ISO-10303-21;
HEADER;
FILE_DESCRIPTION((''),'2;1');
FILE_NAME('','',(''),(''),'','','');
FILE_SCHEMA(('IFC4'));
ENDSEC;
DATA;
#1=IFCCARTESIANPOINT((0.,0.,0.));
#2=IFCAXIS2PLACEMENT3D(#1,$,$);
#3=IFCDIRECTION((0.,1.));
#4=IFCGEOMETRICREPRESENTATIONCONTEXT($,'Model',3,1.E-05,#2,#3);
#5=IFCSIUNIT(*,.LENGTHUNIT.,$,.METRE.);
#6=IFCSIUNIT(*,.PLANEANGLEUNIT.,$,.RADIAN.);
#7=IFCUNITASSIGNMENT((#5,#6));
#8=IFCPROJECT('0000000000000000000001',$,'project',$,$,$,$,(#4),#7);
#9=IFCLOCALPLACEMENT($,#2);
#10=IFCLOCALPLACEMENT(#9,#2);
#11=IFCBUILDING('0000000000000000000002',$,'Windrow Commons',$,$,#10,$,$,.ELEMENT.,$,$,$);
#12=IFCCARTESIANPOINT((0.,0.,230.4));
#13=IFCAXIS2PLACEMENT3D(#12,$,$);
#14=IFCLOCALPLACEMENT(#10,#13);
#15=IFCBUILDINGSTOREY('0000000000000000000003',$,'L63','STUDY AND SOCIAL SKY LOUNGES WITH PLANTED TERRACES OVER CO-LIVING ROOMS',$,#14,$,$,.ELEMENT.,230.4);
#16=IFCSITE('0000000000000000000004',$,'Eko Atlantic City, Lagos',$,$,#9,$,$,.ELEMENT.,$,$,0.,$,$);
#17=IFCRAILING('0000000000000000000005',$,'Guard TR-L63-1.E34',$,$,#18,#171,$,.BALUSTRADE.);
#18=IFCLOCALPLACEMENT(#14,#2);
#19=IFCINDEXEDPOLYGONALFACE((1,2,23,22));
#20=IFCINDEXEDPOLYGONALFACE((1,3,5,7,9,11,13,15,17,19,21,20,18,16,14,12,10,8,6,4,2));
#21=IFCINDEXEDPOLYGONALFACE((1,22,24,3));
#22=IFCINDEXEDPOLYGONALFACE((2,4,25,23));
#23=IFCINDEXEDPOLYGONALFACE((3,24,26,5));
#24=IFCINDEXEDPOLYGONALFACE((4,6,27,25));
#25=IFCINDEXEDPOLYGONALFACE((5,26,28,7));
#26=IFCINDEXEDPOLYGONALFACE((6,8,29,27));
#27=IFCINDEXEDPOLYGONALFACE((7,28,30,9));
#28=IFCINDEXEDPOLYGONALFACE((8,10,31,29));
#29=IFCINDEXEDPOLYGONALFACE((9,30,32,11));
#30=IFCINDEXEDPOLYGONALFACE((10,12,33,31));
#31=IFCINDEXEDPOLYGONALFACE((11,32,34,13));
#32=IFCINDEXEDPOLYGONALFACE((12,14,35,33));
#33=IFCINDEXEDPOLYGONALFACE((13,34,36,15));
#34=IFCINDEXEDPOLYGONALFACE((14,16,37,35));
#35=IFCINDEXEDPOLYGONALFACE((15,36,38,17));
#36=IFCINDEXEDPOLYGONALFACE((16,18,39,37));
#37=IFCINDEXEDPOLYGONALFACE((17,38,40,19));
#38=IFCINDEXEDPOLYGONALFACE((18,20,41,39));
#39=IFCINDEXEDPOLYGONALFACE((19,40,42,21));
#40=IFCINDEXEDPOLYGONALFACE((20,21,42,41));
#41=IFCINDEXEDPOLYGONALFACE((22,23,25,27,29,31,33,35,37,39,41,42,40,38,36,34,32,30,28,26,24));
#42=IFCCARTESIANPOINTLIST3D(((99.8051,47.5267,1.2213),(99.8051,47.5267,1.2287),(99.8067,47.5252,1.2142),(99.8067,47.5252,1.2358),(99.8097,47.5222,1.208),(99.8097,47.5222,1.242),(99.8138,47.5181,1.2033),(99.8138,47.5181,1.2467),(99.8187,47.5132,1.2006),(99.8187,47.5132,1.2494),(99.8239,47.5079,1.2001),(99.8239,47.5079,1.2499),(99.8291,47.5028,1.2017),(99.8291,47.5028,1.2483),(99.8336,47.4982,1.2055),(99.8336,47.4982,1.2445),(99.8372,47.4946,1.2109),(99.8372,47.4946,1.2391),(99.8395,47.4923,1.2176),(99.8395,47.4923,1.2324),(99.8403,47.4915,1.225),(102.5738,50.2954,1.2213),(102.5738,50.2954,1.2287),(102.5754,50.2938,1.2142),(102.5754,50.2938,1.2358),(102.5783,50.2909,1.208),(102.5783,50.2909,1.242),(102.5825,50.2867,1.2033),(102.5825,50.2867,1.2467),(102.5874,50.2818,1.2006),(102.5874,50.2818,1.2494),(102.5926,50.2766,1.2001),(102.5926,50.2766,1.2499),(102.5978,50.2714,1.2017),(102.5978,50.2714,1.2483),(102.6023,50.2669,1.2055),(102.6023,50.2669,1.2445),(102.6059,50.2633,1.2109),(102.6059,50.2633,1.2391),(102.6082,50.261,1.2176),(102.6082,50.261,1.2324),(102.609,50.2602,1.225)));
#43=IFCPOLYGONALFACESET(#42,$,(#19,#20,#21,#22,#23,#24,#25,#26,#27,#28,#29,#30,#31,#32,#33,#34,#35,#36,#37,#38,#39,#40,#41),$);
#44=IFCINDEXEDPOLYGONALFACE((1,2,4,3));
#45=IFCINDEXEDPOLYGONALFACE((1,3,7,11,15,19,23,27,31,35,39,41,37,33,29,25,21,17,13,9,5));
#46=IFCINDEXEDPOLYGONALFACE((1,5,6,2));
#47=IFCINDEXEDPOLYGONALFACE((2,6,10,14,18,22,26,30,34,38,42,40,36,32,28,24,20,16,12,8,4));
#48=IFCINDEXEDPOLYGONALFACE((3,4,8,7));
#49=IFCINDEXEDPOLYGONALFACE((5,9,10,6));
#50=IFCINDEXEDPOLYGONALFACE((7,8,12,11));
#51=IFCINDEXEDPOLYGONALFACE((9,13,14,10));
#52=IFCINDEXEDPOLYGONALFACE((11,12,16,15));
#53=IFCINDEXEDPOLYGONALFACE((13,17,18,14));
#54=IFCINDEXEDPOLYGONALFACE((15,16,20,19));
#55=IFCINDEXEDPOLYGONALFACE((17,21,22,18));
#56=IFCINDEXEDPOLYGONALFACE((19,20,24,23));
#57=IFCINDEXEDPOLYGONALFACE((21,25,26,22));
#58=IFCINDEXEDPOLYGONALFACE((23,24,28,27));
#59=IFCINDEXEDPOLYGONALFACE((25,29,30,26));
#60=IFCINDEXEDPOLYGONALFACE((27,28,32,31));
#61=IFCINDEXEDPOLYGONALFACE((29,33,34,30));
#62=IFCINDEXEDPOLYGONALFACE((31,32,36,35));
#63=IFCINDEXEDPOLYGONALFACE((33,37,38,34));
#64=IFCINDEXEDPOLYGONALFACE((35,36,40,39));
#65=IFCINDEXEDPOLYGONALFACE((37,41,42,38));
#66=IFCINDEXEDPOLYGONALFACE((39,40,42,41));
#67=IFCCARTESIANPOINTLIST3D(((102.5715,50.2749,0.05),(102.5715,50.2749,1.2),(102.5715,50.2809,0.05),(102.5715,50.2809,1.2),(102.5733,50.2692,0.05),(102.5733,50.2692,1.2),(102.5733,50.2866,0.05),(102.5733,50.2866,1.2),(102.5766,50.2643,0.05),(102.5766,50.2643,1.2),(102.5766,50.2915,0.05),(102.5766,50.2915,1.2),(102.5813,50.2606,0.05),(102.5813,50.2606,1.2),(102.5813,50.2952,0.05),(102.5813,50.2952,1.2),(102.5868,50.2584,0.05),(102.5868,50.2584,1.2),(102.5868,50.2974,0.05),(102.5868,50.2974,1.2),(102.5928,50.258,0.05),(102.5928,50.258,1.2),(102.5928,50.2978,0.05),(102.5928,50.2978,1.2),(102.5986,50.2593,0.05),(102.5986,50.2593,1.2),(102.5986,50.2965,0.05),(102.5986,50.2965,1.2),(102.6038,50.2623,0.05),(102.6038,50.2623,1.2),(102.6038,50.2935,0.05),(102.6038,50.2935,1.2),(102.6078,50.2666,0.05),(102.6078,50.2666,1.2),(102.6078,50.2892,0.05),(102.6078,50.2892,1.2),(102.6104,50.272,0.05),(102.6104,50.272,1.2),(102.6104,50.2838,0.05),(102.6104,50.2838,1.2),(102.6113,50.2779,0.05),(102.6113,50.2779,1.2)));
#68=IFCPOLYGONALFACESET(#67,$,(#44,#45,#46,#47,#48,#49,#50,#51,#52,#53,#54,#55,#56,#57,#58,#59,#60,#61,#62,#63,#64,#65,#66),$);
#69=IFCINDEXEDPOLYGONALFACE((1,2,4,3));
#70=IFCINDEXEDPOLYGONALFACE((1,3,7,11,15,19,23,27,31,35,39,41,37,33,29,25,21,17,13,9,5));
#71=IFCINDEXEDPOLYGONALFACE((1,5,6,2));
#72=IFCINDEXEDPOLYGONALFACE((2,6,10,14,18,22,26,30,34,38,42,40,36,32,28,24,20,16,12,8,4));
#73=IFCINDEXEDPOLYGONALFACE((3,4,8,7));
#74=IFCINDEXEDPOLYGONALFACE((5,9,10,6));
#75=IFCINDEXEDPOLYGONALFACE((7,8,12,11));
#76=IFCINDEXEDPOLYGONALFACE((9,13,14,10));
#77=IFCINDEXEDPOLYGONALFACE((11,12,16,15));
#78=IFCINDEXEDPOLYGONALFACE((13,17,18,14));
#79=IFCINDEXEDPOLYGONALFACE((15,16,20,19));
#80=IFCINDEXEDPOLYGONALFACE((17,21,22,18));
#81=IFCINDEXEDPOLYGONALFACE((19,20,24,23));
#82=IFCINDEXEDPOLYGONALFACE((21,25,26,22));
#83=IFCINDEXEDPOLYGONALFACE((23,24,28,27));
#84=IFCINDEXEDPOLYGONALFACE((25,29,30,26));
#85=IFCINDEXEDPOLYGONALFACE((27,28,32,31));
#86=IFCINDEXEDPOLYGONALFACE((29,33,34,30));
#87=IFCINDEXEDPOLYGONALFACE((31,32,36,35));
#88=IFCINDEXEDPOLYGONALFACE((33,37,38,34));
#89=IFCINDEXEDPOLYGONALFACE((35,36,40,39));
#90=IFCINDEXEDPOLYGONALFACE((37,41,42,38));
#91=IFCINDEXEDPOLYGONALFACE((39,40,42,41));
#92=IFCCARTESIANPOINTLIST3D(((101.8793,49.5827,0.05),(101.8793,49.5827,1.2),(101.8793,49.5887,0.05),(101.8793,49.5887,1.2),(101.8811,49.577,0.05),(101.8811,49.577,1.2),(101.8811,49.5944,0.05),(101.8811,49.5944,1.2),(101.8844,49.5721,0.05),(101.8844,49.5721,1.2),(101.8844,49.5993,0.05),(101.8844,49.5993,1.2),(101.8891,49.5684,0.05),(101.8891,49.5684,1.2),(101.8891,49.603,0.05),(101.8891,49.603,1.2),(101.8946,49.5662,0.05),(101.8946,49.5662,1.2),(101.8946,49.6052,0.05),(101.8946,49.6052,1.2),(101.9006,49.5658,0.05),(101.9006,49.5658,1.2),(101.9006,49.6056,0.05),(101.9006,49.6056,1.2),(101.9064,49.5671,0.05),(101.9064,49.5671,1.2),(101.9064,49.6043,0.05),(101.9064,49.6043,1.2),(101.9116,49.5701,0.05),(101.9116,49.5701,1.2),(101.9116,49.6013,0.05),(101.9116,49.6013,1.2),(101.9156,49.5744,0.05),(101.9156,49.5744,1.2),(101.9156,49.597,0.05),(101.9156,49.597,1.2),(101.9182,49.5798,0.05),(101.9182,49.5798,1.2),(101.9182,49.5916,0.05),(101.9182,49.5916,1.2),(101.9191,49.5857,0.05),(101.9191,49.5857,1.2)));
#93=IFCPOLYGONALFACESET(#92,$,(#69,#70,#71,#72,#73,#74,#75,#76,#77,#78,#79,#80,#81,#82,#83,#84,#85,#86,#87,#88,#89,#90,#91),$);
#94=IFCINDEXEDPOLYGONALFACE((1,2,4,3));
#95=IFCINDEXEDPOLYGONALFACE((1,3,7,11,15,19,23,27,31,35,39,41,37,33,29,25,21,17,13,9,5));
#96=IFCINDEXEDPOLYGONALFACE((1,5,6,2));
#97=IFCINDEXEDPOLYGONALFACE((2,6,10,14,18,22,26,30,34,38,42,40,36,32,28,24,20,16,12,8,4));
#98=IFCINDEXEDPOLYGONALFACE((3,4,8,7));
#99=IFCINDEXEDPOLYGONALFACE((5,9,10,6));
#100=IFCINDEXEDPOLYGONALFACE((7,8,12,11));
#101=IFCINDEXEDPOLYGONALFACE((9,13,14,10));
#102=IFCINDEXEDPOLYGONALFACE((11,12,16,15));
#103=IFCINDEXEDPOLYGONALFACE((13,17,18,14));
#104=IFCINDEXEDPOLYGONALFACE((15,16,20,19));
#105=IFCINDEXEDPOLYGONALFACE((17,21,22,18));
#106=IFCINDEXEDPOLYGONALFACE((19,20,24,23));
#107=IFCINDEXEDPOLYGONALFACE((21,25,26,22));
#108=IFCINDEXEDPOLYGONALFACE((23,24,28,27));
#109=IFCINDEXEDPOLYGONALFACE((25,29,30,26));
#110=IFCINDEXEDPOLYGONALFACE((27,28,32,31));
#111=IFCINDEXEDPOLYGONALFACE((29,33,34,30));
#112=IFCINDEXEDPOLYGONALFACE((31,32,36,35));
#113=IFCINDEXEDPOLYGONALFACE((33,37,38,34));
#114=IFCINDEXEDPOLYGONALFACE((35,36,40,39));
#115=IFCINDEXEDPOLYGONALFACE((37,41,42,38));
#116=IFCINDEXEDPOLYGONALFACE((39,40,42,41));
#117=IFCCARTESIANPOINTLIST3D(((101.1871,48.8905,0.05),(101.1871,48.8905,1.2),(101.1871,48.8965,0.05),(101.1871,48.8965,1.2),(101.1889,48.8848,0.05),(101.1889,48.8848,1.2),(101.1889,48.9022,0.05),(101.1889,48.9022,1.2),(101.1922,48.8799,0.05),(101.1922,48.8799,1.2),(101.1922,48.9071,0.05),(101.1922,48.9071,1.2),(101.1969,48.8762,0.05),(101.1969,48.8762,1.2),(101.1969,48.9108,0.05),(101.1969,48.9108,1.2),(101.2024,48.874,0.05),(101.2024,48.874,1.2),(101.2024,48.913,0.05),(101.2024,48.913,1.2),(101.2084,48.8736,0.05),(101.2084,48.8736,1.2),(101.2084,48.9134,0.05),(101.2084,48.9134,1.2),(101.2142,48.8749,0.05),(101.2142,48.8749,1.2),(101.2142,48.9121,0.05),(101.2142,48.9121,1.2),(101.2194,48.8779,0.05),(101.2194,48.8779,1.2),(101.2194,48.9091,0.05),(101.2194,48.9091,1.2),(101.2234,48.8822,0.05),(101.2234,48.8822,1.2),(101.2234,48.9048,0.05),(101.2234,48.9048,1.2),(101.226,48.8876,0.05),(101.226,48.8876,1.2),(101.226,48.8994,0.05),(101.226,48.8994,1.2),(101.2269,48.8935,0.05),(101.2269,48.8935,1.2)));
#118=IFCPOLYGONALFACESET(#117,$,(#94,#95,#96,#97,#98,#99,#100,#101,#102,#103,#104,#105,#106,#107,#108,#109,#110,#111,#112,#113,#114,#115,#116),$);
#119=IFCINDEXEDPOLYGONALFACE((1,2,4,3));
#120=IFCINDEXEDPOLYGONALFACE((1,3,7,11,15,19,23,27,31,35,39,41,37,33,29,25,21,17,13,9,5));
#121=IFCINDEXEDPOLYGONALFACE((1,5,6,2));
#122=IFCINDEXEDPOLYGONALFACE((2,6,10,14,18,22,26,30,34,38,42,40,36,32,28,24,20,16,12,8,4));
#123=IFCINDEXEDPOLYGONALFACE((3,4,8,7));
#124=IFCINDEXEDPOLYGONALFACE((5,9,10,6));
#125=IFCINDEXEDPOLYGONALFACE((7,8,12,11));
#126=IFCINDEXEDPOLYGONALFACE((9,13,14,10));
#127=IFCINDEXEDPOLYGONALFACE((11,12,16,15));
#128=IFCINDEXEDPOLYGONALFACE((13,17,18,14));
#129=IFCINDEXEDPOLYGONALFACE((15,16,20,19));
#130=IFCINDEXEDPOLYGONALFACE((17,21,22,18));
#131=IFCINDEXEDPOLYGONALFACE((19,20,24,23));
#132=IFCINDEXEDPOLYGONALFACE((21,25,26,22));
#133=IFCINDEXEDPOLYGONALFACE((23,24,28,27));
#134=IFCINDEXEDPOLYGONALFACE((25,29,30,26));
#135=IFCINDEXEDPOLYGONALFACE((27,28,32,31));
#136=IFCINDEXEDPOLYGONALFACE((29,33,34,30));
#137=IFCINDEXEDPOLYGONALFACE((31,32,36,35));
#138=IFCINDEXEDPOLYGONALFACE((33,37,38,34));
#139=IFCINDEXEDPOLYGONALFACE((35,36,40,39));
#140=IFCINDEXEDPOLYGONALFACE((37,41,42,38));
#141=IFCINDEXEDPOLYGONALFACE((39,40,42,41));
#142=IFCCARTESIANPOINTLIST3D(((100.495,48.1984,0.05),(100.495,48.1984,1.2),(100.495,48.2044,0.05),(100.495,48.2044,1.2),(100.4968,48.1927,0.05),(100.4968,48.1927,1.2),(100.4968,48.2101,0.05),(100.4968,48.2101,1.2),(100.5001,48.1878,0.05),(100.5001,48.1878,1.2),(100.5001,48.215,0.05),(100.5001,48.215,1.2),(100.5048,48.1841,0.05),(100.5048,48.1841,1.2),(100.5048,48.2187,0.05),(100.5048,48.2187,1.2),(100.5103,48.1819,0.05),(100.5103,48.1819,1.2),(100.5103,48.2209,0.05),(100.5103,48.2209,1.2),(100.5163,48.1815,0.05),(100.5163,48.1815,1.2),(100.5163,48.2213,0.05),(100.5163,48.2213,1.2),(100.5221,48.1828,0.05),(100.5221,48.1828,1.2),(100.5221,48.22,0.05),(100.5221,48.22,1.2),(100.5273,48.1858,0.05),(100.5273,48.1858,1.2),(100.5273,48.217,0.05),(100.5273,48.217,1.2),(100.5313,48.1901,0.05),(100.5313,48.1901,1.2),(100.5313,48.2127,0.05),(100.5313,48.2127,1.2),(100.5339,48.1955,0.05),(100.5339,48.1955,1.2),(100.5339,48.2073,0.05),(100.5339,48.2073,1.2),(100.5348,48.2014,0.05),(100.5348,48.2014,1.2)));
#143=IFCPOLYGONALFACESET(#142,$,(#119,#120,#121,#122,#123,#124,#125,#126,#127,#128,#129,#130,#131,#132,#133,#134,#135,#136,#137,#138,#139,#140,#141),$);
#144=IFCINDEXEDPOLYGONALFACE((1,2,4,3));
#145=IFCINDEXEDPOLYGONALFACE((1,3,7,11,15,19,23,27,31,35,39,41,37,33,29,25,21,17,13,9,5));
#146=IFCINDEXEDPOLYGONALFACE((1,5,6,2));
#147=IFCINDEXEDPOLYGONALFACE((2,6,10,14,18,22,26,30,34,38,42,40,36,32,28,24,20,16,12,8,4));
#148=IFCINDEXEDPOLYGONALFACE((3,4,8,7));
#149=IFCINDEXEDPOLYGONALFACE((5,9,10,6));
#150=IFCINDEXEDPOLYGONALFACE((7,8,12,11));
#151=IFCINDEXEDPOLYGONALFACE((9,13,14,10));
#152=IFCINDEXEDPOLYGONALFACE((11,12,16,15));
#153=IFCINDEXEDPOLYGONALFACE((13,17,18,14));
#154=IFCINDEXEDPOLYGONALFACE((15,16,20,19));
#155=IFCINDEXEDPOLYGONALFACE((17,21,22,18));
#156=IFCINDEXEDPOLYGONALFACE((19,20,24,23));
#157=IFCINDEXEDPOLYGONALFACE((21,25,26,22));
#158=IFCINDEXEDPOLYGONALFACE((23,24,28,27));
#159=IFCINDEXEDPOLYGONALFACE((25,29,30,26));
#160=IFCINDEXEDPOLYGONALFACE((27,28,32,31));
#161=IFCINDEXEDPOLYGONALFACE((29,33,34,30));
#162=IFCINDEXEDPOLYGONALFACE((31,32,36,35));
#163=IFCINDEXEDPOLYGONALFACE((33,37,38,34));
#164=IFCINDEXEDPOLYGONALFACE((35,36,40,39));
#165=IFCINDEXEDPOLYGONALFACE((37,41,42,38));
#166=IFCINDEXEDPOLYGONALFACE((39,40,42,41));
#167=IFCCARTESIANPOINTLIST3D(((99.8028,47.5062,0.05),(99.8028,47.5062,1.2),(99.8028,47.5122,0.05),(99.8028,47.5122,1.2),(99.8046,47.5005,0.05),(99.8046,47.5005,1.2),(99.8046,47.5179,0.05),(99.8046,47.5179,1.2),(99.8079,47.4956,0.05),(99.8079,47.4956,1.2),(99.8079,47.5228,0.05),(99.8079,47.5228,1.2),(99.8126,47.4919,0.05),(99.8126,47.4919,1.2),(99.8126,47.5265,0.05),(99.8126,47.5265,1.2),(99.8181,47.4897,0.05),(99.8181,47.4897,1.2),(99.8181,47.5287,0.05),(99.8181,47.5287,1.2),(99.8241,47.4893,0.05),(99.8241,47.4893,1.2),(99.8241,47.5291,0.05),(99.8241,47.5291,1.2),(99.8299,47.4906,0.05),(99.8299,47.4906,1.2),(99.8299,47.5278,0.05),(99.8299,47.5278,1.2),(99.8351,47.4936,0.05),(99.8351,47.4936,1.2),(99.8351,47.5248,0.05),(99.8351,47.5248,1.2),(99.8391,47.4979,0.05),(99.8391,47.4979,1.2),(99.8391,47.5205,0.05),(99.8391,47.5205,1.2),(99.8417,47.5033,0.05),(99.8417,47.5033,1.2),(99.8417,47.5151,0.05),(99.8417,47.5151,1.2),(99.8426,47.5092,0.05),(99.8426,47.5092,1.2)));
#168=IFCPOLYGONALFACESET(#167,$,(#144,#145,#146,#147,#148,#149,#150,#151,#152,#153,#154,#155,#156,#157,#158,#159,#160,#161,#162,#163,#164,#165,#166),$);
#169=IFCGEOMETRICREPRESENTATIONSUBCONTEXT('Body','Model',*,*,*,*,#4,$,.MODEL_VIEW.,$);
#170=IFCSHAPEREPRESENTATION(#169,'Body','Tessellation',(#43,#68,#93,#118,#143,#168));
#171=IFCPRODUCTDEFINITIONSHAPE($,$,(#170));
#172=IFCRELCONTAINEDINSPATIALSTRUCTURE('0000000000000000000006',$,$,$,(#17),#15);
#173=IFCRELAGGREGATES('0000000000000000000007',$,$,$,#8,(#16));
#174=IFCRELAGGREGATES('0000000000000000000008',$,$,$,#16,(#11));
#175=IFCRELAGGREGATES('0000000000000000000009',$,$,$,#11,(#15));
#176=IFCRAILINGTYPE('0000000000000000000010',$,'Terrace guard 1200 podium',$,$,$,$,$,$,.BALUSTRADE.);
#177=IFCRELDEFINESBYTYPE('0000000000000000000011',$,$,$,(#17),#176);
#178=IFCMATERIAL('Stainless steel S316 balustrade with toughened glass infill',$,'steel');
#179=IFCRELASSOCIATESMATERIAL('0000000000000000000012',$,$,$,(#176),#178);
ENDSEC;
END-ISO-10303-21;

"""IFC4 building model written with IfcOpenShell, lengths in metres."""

from ifc_helpers import new_model, si_unit, direction, frame, origin, origin_2d, place, context, subcontext, project, spatial, circle, extrude, material, type_object, element, save


model = new_model("IFC4")

# Units and contexts
model_context = context("Model", 3, precision=1e-05, world=origin(), true_north=direction((0.0, 1.0)))
body_context = subcontext(model_context, "Body", "Model", "MODEL_VIEW")
ifc_project = project(units=[si_unit("LENGTHUNIT", "METRE"), si_unit("PLANEANGLEUNIT", "RADIAN")], contexts=[model_context])

# Site, building, storey
site_placement = place(None, origin())
site = spatial("IfcSite", under=ifc_project, at=site_placement, Name="Eko Atlantic City, Lagos", CompositionType="ELEMENT", RefElevation=0.0)
building_placement = place(site_placement, origin())
building = spatial("IfcBuilding", under=site, at=building_placement, Name="Windrow Commons", CompositionType="ELEMENT")
storey_placement = place(building_placement, frame((0.0, 0.0, 230.4)))
storey = spatial("IfcBuildingStorey", under=building, at=storey_placement, Name="L63", Description="STUDY AND SOCIAL SKY LOUNGES WITH PLANTED TERRACES OVER CO-LIVING ROOMS", CompositionType="ELEMENT", Elevation=230.4)

# Railing
ifc_material_1 = material(Name="Stainless steel S316 balustrade with toughened glass infill", Category="steel")
railing_type_1 = type_object("IfcRailingType", Name="Terrace guard 1200 podium", PredefinedType="BALUSTRADE", material=ifc_material_1)
railing_1_placement = place(storey_placement, frame((102.5913, 50.2779, 0.05)))
element("IfcRailing", 1, at=railing_1_placement, inside=storey, type_object=railing_type_1, Name="Guard TR-L63-1.E34", PredefinedType="BALUSTRADE", context=body_context, shape_type="SweptSolid", body=[
    extrude(circle(Radius=0.025, at=origin_2d()), frame((0.0, 0.0, 1.175), z_axis=(-0.707107, -0.707107, 0.0), x_axis=(0.707107, -0.707107, 0.0)), (0.0, 0.0, 1.0), 3.9155),
    extrude(circle(Radius=0.02, at=origin_2d()), origin(), (0.0, 0.0, 1.0), 1.15),
    extrude(circle(Radius=0.02, at=origin_2d()), frame((-0.6922, -0.6922, 0.0)), (0.0, 0.0, 1.0), 1.15),
    extrude(circle(Radius=0.02, at=origin_2d()), frame((-1.3844, -1.3844, 0.0)), (0.0, 0.0, 1.0), 1.15),
    extrude(circle(Radius=0.02, at=origin_2d()), frame((-2.0765, -2.0765, 0.0)), (0.0, 0.0, 1.0), 1.15),
    extrude(circle(Radius=0.02, at=origin_2d()), frame((-2.7687, -2.7687, 0.0)), (0.0, 0.0, 1.0), 1.15),
])

save(model, "model.ifc")
